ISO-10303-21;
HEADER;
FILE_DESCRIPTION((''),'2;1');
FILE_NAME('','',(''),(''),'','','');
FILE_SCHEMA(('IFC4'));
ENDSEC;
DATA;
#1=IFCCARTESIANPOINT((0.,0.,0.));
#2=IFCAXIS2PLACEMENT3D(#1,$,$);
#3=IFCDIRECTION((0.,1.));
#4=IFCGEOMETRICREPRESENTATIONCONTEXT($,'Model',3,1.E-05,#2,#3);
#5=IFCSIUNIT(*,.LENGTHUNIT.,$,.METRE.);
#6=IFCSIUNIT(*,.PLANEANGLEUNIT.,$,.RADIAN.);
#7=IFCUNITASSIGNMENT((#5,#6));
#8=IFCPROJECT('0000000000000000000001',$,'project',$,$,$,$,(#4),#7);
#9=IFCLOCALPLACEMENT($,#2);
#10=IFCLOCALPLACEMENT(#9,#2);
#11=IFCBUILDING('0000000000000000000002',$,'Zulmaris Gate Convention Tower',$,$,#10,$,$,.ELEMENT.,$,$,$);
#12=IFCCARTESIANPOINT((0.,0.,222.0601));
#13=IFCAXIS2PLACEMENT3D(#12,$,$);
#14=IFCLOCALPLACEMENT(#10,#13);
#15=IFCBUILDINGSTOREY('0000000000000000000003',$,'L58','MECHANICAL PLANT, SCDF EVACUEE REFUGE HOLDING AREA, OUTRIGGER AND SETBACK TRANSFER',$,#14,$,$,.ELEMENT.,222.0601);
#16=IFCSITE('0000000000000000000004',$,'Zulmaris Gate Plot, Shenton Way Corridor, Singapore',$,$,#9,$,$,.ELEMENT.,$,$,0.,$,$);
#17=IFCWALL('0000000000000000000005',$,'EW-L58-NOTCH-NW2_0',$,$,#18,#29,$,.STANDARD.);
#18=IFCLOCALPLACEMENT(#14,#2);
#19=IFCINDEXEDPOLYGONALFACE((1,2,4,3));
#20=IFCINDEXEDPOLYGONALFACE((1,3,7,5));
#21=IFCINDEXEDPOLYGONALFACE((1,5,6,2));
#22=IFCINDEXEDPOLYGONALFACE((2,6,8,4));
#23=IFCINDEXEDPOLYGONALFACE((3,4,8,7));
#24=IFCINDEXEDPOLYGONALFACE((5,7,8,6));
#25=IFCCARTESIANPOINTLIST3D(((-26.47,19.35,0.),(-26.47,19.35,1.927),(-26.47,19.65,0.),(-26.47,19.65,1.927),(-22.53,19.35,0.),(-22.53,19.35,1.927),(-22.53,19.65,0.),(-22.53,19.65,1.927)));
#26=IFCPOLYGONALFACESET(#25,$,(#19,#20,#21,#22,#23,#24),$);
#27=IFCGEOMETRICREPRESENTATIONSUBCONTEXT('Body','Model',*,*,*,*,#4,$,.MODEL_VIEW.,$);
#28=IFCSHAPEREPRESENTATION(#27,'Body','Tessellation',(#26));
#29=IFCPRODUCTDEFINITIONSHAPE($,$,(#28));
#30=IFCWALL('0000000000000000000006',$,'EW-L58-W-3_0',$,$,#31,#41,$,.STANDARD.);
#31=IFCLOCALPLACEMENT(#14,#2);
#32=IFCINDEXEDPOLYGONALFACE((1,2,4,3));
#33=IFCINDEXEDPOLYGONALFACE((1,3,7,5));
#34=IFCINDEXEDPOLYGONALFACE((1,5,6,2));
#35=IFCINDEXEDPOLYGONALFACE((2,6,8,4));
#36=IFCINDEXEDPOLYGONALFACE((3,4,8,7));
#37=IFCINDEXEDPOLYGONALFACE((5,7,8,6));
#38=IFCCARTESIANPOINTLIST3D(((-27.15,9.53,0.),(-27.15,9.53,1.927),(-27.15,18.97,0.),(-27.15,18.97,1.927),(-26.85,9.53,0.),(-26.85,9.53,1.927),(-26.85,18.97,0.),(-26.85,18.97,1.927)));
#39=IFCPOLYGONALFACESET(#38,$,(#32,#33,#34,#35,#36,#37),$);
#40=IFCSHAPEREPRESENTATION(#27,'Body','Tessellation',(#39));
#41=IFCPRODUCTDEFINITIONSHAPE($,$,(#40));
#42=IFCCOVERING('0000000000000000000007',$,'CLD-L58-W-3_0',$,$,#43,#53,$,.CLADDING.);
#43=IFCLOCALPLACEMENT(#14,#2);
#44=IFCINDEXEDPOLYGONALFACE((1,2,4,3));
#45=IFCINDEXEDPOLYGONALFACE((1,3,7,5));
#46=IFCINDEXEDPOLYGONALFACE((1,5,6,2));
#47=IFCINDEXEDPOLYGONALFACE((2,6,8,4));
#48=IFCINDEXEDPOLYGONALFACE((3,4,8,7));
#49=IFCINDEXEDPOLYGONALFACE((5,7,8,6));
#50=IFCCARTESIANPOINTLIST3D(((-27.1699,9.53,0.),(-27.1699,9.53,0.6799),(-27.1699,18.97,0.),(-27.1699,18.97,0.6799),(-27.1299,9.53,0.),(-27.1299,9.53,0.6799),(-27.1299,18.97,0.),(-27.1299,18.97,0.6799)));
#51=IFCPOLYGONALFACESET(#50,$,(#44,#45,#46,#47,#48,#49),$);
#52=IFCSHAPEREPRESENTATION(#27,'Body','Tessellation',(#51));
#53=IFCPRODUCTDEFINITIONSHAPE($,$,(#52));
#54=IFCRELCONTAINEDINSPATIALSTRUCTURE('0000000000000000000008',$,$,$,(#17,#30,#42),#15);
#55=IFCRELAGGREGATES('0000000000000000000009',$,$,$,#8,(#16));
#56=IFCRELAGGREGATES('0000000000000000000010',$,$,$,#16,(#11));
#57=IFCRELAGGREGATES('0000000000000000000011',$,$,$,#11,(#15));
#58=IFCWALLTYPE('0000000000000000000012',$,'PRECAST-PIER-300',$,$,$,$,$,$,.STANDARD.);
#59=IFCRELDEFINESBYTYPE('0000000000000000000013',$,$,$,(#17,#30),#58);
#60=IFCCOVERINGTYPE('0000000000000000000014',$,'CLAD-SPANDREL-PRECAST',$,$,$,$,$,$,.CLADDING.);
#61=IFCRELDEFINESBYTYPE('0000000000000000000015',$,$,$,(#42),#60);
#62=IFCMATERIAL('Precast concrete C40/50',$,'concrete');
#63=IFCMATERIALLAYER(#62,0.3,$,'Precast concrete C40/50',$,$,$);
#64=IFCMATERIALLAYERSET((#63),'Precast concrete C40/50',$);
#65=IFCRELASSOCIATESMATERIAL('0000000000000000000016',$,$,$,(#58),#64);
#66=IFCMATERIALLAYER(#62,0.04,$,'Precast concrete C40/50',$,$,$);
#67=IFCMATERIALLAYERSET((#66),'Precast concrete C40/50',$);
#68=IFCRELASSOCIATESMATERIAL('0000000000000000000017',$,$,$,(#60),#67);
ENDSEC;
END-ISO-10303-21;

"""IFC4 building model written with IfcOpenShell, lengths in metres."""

from ifc_helpers import new_model, si_unit, direction, frame, frame_2d, origin, place, context, subcontext, project, spatial, rectangle, extrude, material, layer, layer_set, type_object, element, save


model = new_model("IFC4")

# Units and contexts
model_context = context("Model", 3, precision=1e-05, world=origin(), true_north=direction((0.0, 1.0)))
body_context = subcontext(model_context, "Body", "Model", "MODEL_VIEW")
ifc_project = project(units=[si_unit("LENGTHUNIT", "METRE"), si_unit("PLANEANGLEUNIT", "RADIAN")], contexts=[model_context])

# Site, building, storey
site_placement = place(None, origin())
site = spatial("IfcSite", under=ifc_project, at=site_placement, Name="Zulmaris Gate Plot, Shenton Way Corridor, Singapore", CompositionType="ELEMENT", RefElevation=0.0)
building_placement = place(site_placement, origin())
building = spatial("IfcBuilding", under=site, at=building_placement, Name="Zulmaris Gate Convention Tower", CompositionType="ELEMENT")
storey_placement = place(building_placement, frame((0.0, 0.0, 222.0601)))
storey = spatial("IfcBuildingStorey", under=building, at=storey_placement, Name="L58", Description="MECHANICAL PLANT, SCDF EVACUEE REFUGE HOLDING AREA, OUTRIGGER AND SETBACK TRANSFER", CompositionType="ELEMENT", Elevation=222.0601)

# Walls
ifc_material_1 = material(Name="Precast concrete C40/50", Category="concrete")
ifc_layer_1 = layer(ifc_material_1, 0.3, Name="Precast concrete C40/50")
ifc_layer_set_1 = layer_set([ifc_layer_1], Name="Precast concrete C40/50")
wall_type_1 = type_object("IfcWallType", Name="PRECAST-PIER-300", PredefinedType="STANDARD", material=ifc_layer_set_1)
wall_1_placement = place(storey_placement, frame((-22.53, 19.5, 0.0), z_axis=(0.0, 0.0, 1.0), x_axis=(-1.0, 0.0, 0.0)))
element("IfcWall", 1, at=wall_1_placement, inside=storey, type_object=wall_type_1, Name="EW-L58-NOTCH-NW2_0", PredefinedType="STANDARD", context=body_context, shape_type="SweptSolid", body=[
    extrude(rectangle(XDim=3.9399, YDim=0.3, at=frame_2d((1.97, 0.0))), origin(), (0.0, 0.0, 1.0), 1.927),
])
wall_2_placement = place(storey_placement, frame((-27.0, 18.97, 0.0), z_axis=(0.0, 0.0, 1.0), x_axis=(0.0, -1.0, 0.0)))
element("IfcWall", 2, at=wall_2_placement, inside=storey, type_object=wall_type_1, Name="EW-L58-W-3_0", PredefinedType="STANDARD", context=body_context, shape_type="SweptSolid", body=[
    extrude(rectangle(XDim=9.4399, YDim=0.3, at=frame_2d((4.72, 0.0))), origin(), (0.0, 0.0, 1.0), 1.927),
])

# Covering
ifc_layer_2 = layer(ifc_material_1, 0.04, Name="Precast concrete C40/50")
ifc_layer_set_2 = layer_set([ifc_layer_2], Name="Precast concrete C40/50")
covering_type = type_object("IfcCoveringType", Name="CLAD-SPANDREL-PRECAST", PredefinedType="CLADDING", material=ifc_layer_set_2)
covering_placement = place(storey_placement, frame((-27.1499, 18.97, 0.0), z_axis=(0.0, 0.0, 1.0), x_axis=(0.0, -1.0, 0.0)))
element("IfcCovering", 3, at=covering_placement, inside=storey, type_object=covering_type, Name="CLD-L58-W-3_0", PredefinedType="CLADDING", context=body_context, shape_type="SweptSolid", body=[
    extrude(rectangle(XDim=9.4399, YDim=0.04, at=frame_2d((4.72, 0.0))), origin(), (0.0, 0.0, 1.0), 0.6799),
])

save(model, "model.ifc")
